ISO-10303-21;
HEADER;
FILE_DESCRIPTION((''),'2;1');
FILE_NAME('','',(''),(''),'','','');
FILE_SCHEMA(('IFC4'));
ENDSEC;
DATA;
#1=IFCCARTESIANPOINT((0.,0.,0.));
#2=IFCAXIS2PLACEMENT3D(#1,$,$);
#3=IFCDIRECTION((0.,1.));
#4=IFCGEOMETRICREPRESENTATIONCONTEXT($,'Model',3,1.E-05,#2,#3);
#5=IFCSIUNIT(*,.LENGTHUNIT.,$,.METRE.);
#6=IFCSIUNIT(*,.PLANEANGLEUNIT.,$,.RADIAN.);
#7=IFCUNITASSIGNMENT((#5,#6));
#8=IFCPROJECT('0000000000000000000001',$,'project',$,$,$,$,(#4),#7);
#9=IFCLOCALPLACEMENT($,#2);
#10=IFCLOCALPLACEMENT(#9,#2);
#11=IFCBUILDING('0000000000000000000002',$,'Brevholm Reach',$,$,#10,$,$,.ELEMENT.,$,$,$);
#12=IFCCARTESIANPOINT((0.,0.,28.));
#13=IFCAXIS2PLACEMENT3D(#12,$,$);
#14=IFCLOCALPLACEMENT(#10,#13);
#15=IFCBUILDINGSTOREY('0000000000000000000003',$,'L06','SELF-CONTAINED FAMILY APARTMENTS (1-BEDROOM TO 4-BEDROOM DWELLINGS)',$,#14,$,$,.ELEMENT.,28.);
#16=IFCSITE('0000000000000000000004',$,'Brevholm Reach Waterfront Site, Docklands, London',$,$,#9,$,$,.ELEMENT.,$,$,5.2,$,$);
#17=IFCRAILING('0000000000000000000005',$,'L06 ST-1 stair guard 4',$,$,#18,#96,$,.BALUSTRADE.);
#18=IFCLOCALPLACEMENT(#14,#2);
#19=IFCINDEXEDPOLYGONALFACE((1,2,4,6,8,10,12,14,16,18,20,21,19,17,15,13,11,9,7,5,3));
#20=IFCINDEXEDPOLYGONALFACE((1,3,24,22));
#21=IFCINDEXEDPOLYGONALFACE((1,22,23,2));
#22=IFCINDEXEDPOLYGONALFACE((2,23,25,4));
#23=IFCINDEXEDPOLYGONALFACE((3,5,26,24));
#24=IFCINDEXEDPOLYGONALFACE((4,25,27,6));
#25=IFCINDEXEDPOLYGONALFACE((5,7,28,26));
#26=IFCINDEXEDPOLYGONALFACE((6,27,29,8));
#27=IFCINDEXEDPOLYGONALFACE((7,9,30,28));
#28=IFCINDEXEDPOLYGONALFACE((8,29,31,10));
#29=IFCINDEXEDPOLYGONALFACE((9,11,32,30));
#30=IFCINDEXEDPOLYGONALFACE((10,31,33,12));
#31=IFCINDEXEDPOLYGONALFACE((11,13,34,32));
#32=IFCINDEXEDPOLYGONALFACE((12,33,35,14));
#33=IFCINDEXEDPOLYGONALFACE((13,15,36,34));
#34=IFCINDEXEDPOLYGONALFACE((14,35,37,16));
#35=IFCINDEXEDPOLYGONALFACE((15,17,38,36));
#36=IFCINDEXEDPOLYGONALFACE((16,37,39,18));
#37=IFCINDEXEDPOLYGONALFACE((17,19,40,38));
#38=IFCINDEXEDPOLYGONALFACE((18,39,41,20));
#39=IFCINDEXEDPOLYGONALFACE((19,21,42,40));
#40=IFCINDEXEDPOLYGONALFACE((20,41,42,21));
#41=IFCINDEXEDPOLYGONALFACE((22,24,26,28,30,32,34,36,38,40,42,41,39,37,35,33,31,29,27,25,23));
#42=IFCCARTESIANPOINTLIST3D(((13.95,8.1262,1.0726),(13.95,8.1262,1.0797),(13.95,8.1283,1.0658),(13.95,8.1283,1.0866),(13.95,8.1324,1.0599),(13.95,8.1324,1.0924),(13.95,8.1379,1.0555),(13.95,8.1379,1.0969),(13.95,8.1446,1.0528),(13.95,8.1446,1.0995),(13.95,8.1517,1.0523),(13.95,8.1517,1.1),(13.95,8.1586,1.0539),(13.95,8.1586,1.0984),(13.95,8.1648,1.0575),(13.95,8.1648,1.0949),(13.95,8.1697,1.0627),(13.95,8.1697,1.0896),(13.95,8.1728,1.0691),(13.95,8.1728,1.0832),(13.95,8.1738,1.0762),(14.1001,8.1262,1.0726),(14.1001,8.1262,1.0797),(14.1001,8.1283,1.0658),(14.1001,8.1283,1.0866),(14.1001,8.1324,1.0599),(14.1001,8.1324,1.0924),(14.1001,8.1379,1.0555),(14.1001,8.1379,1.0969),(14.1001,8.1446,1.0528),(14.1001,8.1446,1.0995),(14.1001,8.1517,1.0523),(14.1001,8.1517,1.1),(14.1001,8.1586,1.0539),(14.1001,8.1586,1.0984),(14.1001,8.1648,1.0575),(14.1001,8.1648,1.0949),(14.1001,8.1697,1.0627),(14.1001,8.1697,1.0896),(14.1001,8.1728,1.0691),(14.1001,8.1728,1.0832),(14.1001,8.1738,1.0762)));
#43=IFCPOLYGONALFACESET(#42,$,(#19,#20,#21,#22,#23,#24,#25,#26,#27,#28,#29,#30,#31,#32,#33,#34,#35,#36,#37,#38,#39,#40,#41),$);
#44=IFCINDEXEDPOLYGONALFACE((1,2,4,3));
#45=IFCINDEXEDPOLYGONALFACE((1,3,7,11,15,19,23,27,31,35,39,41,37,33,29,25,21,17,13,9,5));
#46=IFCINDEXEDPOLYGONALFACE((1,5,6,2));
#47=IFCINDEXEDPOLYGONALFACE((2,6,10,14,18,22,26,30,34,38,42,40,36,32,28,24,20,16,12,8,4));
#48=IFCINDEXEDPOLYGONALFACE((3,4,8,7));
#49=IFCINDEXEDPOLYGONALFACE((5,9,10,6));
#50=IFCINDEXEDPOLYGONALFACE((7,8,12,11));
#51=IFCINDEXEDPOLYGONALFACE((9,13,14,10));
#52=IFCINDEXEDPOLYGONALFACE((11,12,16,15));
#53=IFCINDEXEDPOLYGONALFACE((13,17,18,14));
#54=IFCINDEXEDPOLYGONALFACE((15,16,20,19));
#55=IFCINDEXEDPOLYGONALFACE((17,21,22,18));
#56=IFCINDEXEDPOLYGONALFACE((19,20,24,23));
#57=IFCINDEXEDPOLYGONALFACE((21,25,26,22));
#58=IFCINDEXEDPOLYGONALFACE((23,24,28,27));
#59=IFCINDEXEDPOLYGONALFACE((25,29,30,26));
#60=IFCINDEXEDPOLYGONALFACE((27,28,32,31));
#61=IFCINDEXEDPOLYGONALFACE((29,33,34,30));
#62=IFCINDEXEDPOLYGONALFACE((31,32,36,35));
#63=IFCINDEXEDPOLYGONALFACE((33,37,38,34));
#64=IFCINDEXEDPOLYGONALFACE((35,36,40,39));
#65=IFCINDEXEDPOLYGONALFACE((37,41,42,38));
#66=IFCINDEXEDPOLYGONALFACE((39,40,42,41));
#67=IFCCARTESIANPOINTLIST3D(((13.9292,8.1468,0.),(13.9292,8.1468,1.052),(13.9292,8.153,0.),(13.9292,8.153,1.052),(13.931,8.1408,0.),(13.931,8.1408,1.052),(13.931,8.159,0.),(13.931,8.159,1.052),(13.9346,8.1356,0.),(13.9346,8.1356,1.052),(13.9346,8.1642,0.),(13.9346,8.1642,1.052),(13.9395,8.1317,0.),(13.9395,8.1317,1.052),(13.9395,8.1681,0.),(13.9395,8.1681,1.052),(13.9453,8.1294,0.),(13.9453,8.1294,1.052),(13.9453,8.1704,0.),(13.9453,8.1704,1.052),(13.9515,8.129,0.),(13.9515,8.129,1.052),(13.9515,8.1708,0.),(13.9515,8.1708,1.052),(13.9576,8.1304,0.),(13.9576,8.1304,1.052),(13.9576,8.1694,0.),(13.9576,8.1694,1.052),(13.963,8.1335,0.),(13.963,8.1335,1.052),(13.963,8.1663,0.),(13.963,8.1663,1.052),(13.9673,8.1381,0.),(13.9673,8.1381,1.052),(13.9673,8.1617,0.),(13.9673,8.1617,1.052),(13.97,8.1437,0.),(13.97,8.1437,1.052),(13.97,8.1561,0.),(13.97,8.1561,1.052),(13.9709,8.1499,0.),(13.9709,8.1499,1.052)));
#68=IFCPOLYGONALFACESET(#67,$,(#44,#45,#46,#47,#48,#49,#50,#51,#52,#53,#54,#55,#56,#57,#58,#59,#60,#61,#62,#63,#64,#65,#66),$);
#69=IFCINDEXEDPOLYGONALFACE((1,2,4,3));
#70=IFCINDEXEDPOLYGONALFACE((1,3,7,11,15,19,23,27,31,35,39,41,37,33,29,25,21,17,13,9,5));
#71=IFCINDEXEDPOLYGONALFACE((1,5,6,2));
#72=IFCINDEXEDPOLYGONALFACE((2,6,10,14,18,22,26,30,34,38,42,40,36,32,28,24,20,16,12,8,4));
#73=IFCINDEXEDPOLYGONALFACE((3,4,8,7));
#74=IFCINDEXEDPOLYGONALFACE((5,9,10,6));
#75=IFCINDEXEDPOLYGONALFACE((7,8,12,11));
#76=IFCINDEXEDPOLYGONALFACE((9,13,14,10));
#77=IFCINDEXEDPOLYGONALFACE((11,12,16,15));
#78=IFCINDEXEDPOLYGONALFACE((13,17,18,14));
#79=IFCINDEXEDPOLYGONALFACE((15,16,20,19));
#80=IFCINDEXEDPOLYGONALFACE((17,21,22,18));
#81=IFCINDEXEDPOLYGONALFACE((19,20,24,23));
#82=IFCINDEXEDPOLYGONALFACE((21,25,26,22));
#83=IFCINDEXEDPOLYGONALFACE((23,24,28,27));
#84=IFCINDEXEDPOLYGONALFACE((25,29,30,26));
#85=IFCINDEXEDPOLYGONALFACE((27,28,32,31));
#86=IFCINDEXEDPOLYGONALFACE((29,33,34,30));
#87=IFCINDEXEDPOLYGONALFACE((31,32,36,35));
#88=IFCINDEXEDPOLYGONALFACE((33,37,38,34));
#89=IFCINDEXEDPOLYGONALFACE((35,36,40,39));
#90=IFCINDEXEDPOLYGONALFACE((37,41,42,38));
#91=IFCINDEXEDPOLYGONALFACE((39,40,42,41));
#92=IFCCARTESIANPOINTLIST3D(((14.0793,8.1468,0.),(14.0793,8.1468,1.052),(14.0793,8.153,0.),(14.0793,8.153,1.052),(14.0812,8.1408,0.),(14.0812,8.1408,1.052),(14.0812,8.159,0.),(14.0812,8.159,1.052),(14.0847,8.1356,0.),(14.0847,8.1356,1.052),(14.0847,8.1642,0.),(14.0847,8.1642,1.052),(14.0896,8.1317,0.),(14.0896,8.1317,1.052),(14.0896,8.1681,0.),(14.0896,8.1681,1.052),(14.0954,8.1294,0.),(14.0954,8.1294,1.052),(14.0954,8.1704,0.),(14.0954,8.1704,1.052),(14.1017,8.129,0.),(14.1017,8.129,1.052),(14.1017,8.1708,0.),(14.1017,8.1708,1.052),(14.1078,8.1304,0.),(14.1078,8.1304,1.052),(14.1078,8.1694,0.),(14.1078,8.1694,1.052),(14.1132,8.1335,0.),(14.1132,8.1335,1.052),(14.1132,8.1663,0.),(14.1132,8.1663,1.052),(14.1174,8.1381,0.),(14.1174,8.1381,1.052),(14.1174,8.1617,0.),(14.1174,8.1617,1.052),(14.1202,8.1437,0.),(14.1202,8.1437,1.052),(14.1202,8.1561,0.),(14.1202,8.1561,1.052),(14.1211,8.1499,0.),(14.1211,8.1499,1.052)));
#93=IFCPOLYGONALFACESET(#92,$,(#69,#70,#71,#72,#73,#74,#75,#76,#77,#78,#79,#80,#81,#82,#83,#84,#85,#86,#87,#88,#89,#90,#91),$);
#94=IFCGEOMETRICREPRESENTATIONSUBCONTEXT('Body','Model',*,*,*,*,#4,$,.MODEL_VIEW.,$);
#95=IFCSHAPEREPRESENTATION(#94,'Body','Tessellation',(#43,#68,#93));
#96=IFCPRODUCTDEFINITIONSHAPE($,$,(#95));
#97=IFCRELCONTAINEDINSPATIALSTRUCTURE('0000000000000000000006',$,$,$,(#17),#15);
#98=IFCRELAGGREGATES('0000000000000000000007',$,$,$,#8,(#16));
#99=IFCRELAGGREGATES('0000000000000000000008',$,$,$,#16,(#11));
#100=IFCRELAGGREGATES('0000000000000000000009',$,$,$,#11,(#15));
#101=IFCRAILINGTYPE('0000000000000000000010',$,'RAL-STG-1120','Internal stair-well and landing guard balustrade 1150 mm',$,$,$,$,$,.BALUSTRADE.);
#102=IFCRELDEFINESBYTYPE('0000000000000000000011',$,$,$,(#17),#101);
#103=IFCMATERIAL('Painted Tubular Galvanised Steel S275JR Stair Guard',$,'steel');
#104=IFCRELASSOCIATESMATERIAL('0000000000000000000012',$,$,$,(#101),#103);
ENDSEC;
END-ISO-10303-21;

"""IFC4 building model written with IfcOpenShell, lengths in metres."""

from ifc_helpers import new_model, si_unit, direction, frame, origin, origin_2d, place, context, subcontext, project, spatial, circle, extrude, material, type_object, element, save


model = new_model("IFC4")

# Units and contexts
model_context = context("Model", 3, precision=1e-05, world=origin(), true_north=direction((0.0, 1.0)))
body_context = subcontext(model_context, "Body", "Model", "MODEL_VIEW")
ifc_project = project(units=[si_unit("LENGTHUNIT", "METRE"), si_unit("PLANEANGLEUNIT", "RADIAN")], contexts=[model_context])

# Site, building, storey
site_placement = place(None, origin())
site = spatial("IfcSite", under=ifc_project, at=site_placement, Name="Brevholm Reach Waterfront Site, Docklands, London", CompositionType="ELEMENT", RefElevation=5.2)
building_placement = place(site_placement, origin())
building = spatial("IfcBuilding", under=site, at=building_placement, Name="Brevholm Reach", CompositionType="ELEMENT")
storey_placement = place(building_placement, frame((0.0, 0.0, 28.0)))
storey = spatial("IfcBuildingStorey", under=building, at=storey_placement, Name="L06", Description="SELF-CONTAINED FAMILY APARTMENTS (1-BEDROOM TO 4-BEDROOM DWELLINGS)", CompositionType="ELEMENT", Elevation=28.0)

# Railing
ifc_material_1 = material(Name="Painted Tubular Galvanised Steel S275JR Stair Guard", Category="steel")
railing_type = type_object("IfcRailingType", Name="RAL-STG-1120", Description="Internal stair-well and landing guard balustrade 1150 mm", PredefinedType="BALUSTRADE", material=ifc_material_1)
railing_1_placement = place(storey_placement, frame((13.95, 8.1499, 0.0)))
element("IfcRailing", 1, at=railing_1_placement, inside=storey, type_object=railing_type, Name="L06 ST-1 stair guard 4", PredefinedType="BALUSTRADE", context=body_context, shape_type="SweptSolid", body=[
    extrude(circle(Radius=0.0239, at=origin_2d()), frame((0.0, 0.0, 1.0762), z_axis=(1.0, 0.0, 0.0), x_axis=(0.0, 1.0, 0.0)), (0.0, 0.0, 1.0), 0.1501),
    extrude(circle(Radius=0.021, at=origin_2d()), origin(), (0.0, 0.0, 1.0), 1.052),
    extrude(circle(Radius=0.021, at=origin_2d()), frame((0.1501, 0.0, 0.0)), (0.0, 0.0, 1.0), 1.052),
])

save(model, "model.ifc")
